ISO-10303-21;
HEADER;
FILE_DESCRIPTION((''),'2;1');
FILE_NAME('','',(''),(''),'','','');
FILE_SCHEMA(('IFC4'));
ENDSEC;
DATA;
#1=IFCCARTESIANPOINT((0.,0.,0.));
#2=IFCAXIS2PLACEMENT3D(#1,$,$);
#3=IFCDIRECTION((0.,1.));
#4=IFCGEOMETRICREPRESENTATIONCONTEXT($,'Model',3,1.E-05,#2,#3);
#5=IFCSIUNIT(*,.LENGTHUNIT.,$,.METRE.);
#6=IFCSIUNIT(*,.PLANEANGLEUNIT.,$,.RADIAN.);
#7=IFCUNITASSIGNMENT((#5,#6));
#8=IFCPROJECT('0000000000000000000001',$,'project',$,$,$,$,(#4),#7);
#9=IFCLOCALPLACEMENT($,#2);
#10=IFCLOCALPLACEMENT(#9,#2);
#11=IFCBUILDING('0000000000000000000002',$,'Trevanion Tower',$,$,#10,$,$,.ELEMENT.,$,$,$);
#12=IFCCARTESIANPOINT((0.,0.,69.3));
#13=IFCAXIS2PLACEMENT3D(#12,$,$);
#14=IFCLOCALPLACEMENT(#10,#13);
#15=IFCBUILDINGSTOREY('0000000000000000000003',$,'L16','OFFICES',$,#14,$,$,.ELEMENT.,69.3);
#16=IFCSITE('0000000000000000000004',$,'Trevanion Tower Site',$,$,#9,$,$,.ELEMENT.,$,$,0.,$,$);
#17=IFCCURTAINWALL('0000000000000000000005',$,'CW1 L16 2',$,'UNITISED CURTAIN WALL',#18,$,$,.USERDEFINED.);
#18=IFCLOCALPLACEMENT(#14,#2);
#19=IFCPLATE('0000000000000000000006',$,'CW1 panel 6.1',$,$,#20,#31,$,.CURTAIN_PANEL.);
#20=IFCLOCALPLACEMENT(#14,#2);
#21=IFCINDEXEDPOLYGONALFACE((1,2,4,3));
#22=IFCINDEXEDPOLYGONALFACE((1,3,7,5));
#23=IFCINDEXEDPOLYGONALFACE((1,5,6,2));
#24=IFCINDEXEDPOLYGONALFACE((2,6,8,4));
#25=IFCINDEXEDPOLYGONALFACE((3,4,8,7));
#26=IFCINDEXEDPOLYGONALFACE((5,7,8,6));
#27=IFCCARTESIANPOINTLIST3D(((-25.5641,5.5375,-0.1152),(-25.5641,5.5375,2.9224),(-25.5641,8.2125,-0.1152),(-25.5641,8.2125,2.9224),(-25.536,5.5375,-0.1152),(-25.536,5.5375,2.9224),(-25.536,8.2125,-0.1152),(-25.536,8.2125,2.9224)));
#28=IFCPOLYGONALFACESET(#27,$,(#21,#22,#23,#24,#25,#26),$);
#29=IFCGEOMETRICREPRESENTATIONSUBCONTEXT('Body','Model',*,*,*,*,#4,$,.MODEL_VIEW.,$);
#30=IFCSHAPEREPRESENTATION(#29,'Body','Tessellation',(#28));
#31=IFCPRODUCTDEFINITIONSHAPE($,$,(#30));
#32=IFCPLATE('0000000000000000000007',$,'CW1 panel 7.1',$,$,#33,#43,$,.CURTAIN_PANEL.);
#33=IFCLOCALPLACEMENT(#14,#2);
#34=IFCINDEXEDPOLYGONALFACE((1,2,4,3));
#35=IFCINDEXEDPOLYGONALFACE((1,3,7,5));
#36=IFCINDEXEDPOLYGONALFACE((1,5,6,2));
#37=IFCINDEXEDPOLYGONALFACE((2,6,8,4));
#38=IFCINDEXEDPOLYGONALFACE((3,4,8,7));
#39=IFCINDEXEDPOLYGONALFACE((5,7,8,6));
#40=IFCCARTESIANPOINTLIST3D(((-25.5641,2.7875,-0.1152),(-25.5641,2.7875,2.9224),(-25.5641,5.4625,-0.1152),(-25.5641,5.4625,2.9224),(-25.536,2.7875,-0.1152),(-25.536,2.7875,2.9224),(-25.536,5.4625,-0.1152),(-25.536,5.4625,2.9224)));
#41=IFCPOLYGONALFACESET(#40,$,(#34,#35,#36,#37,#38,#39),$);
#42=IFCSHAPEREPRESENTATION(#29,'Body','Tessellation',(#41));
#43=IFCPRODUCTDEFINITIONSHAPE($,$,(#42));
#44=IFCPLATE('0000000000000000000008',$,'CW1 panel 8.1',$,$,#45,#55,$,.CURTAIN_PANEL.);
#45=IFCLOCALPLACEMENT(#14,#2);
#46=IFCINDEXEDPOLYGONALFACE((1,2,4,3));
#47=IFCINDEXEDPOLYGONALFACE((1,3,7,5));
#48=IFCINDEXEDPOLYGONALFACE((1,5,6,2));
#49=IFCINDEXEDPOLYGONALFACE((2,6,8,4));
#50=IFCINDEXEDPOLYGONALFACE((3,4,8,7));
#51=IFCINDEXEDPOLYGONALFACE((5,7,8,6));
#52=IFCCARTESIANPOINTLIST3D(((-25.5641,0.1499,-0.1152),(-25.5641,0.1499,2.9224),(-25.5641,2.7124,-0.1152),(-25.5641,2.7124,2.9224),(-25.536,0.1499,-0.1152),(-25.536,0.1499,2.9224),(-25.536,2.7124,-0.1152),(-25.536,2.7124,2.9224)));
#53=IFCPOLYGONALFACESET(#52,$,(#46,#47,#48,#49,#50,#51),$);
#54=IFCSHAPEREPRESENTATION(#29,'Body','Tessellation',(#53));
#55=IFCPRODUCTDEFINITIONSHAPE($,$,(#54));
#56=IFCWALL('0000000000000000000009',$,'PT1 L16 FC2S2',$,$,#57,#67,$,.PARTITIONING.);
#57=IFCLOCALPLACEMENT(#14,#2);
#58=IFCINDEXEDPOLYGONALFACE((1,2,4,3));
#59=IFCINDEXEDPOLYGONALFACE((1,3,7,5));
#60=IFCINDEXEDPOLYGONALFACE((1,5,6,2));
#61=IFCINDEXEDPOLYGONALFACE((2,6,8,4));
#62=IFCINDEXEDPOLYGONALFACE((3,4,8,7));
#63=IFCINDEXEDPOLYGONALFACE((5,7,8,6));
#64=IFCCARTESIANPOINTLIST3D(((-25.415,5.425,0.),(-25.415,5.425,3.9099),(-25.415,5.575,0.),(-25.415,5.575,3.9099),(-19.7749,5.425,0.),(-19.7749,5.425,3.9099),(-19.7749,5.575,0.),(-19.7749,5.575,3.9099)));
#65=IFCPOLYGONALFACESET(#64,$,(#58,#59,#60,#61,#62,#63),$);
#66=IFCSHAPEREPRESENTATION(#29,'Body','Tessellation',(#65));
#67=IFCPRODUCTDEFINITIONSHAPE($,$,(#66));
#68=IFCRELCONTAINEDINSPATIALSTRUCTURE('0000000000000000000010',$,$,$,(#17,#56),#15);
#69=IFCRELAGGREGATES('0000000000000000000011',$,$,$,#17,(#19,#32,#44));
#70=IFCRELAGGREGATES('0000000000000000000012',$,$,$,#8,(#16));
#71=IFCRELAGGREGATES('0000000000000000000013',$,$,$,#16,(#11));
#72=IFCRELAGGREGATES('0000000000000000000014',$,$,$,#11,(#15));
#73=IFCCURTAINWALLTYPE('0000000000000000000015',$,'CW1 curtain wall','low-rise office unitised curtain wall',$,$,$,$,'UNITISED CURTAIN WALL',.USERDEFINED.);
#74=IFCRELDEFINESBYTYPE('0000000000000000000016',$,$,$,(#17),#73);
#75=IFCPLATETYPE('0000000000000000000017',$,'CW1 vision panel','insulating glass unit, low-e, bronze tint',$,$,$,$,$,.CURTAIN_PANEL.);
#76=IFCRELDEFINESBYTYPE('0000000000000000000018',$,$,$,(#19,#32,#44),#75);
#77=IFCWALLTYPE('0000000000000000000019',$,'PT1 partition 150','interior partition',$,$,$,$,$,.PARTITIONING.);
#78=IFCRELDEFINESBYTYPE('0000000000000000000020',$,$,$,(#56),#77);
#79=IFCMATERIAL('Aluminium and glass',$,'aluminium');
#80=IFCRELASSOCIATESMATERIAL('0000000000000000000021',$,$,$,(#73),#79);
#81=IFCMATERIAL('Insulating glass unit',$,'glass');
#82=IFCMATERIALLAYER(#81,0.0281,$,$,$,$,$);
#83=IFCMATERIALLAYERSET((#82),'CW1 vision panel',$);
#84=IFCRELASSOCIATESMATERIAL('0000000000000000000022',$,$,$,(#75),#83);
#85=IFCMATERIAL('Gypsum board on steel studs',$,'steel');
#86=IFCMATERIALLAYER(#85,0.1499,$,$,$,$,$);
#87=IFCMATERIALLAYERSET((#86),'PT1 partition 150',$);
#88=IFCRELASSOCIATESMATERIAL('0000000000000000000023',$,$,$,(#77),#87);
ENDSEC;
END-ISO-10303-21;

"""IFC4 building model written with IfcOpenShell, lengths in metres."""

from ifc_helpers import new_model, si_unit, direction, frame, frame_2d, origin, origin_2d, place, context, subcontext, project, spatial, rectangle, extrude, material, layer, layer_set, type_object, element, aggregate, save


model = new_model("IFC4")

# Units and contexts
model_context = context("Model", 3, precision=1e-05, world=origin(), true_north=direction((0.0, 1.0)))
body_context = subcontext(model_context, "Body", "Model", "MODEL_VIEW")
ifc_project = project(units=[si_unit("LENGTHUNIT", "METRE"), si_unit("PLANEANGLEUNIT", "RADIAN")], contexts=[model_context])

# Site, building, storey
site_placement = place(None, origin())
site = spatial("IfcSite", under=ifc_project, at=site_placement, Name="Trevanion Tower Site", CompositionType="ELEMENT", RefElevation=0.0)
building_placement = place(site_placement, origin())
building = spatial("IfcBuilding", under=site, at=building_placement, Name="Trevanion Tower", CompositionType="ELEMENT")
storey_placement = place(building_placement, frame((0.0, 0.0, 69.3)))
storey = spatial("IfcBuildingStorey", under=building, at=storey_placement, Name="L16", Description="OFFICES", CompositionType="ELEMENT", Elevation=69.3)

# Curtain wall, plates
ifc_material_1 = material(Name="Aluminium and glass", Category="aluminium")
curtain_wall_type = type_object("IfcCurtainWallType", Name="CW1 curtain wall", Description="low-rise office unitised curtain wall", ElementType="UNITISED CURTAIN WALL", PredefinedType="USERDEFINED", material=ifc_material_1)
curtain_wall_placement = place(storey_placement, origin())
curtain_wall = element("IfcCurtainWall", 1, at=curtain_wall_placement, inside=storey, type_object=curtain_wall_type, Name="CW1 L16 2", ObjectType="UNITISED CURTAIN WALL", PredefinedType="USERDEFINED")
ifc_material_2 = material(Name="Insulating glass unit", Category="glass")
ifc_layer_1 = layer(ifc_material_2, 0.0281)
ifc_layer_set_1 = layer_set([ifc_layer_1], Name="CW1 vision panel")
plate_type_1 = type_object("IfcPlateType", Name="CW1 vision panel", Description="insulating glass unit, low-e, bronze tint", PredefinedType="CURTAIN_PANEL", material=ifc_layer_set_1)
plate_1_placement = place(storey_placement, frame((-25.55, 6.875, -0.1152), z_axis=(0.0, 0.0, 1.0), x_axis=(0.0, -1.0, 0.0)))
plate_1 = element("IfcPlate", 2, at=plate_1_placement, type_object=plate_type_1, Name="CW1 panel 6.1", PredefinedType="CURTAIN_PANEL", context=body_context, shape_type="SweptSolid", body=[
    extrude(rectangle(XDim=2.675, YDim=0.0281, at=origin_2d()), origin(), (0.0, 0.0, 1.0), 3.0376),
])
plate_2_placement = place(storey_placement, frame((-25.55, 4.125, -0.1152), z_axis=(0.0, 0.0, 1.0), x_axis=(0.0, -1.0, 0.0)))
plate_2 = element("IfcPlate", 3, at=plate_2_placement, type_object=plate_type_1, Name="CW1 panel 7.1", PredefinedType="CURTAIN_PANEL", context=body_context, shape_type="SweptSolid", body=[
    extrude(rectangle(XDim=2.675, YDim=0.0281, at=origin_2d()), origin(), (0.0, 0.0, 1.0), 3.0376),
])
plate_3_placement = place(storey_placement, frame((-25.55, 1.4312, -0.1152), z_axis=(0.0, 0.0, 1.0), x_axis=(0.0, -1.0, 0.0)))
plate_3 = element("IfcPlate", 4, at=plate_3_placement, type_object=plate_type_1, Name="CW1 panel 8.1", PredefinedType="CURTAIN_PANEL", context=body_context, shape_type="SweptSolid", body=[
    extrude(rectangle(XDim=2.5625, YDim=0.0281, at=origin_2d()), origin(), (0.0, 0.0, 1.0), 3.0376),
])
aggregate(curtain_wall, [plate_1, plate_2, plate_3])

# Wall
ifc_material_3 = material(Name="Gypsum board on steel studs", Category="steel")
ifc_layer_2 = layer(ifc_material_3, 0.1499)
ifc_layer_set_2 = layer_set([ifc_layer_2], Name="PT1 partition 150")
wall_type = type_object("IfcWallType", Name="PT1 partition 150", Description="interior partition", PredefinedType="PARTITIONING", material=ifc_layer_set_2)
wall_placement = place(storey_placement, frame((-19.7749, 5.5, 0.0), z_axis=(0.0, 0.0, 1.0), x_axis=(-1.0, 0.0, 0.0)))
element("IfcWall", 5, at=wall_placement, inside=storey, type_object=wall_type, Name="PT1 L16 FC2S2", PredefinedType="PARTITIONING", context=body_context, shape_type="SweptSolid", body=[
    extrude(rectangle(XDim=5.6401, YDim=0.1499, at=frame_2d((2.8201, 0.0))), origin(), (0.0, 0.0, 1.0), 3.9099),
])

save(model, "model.ifc")
